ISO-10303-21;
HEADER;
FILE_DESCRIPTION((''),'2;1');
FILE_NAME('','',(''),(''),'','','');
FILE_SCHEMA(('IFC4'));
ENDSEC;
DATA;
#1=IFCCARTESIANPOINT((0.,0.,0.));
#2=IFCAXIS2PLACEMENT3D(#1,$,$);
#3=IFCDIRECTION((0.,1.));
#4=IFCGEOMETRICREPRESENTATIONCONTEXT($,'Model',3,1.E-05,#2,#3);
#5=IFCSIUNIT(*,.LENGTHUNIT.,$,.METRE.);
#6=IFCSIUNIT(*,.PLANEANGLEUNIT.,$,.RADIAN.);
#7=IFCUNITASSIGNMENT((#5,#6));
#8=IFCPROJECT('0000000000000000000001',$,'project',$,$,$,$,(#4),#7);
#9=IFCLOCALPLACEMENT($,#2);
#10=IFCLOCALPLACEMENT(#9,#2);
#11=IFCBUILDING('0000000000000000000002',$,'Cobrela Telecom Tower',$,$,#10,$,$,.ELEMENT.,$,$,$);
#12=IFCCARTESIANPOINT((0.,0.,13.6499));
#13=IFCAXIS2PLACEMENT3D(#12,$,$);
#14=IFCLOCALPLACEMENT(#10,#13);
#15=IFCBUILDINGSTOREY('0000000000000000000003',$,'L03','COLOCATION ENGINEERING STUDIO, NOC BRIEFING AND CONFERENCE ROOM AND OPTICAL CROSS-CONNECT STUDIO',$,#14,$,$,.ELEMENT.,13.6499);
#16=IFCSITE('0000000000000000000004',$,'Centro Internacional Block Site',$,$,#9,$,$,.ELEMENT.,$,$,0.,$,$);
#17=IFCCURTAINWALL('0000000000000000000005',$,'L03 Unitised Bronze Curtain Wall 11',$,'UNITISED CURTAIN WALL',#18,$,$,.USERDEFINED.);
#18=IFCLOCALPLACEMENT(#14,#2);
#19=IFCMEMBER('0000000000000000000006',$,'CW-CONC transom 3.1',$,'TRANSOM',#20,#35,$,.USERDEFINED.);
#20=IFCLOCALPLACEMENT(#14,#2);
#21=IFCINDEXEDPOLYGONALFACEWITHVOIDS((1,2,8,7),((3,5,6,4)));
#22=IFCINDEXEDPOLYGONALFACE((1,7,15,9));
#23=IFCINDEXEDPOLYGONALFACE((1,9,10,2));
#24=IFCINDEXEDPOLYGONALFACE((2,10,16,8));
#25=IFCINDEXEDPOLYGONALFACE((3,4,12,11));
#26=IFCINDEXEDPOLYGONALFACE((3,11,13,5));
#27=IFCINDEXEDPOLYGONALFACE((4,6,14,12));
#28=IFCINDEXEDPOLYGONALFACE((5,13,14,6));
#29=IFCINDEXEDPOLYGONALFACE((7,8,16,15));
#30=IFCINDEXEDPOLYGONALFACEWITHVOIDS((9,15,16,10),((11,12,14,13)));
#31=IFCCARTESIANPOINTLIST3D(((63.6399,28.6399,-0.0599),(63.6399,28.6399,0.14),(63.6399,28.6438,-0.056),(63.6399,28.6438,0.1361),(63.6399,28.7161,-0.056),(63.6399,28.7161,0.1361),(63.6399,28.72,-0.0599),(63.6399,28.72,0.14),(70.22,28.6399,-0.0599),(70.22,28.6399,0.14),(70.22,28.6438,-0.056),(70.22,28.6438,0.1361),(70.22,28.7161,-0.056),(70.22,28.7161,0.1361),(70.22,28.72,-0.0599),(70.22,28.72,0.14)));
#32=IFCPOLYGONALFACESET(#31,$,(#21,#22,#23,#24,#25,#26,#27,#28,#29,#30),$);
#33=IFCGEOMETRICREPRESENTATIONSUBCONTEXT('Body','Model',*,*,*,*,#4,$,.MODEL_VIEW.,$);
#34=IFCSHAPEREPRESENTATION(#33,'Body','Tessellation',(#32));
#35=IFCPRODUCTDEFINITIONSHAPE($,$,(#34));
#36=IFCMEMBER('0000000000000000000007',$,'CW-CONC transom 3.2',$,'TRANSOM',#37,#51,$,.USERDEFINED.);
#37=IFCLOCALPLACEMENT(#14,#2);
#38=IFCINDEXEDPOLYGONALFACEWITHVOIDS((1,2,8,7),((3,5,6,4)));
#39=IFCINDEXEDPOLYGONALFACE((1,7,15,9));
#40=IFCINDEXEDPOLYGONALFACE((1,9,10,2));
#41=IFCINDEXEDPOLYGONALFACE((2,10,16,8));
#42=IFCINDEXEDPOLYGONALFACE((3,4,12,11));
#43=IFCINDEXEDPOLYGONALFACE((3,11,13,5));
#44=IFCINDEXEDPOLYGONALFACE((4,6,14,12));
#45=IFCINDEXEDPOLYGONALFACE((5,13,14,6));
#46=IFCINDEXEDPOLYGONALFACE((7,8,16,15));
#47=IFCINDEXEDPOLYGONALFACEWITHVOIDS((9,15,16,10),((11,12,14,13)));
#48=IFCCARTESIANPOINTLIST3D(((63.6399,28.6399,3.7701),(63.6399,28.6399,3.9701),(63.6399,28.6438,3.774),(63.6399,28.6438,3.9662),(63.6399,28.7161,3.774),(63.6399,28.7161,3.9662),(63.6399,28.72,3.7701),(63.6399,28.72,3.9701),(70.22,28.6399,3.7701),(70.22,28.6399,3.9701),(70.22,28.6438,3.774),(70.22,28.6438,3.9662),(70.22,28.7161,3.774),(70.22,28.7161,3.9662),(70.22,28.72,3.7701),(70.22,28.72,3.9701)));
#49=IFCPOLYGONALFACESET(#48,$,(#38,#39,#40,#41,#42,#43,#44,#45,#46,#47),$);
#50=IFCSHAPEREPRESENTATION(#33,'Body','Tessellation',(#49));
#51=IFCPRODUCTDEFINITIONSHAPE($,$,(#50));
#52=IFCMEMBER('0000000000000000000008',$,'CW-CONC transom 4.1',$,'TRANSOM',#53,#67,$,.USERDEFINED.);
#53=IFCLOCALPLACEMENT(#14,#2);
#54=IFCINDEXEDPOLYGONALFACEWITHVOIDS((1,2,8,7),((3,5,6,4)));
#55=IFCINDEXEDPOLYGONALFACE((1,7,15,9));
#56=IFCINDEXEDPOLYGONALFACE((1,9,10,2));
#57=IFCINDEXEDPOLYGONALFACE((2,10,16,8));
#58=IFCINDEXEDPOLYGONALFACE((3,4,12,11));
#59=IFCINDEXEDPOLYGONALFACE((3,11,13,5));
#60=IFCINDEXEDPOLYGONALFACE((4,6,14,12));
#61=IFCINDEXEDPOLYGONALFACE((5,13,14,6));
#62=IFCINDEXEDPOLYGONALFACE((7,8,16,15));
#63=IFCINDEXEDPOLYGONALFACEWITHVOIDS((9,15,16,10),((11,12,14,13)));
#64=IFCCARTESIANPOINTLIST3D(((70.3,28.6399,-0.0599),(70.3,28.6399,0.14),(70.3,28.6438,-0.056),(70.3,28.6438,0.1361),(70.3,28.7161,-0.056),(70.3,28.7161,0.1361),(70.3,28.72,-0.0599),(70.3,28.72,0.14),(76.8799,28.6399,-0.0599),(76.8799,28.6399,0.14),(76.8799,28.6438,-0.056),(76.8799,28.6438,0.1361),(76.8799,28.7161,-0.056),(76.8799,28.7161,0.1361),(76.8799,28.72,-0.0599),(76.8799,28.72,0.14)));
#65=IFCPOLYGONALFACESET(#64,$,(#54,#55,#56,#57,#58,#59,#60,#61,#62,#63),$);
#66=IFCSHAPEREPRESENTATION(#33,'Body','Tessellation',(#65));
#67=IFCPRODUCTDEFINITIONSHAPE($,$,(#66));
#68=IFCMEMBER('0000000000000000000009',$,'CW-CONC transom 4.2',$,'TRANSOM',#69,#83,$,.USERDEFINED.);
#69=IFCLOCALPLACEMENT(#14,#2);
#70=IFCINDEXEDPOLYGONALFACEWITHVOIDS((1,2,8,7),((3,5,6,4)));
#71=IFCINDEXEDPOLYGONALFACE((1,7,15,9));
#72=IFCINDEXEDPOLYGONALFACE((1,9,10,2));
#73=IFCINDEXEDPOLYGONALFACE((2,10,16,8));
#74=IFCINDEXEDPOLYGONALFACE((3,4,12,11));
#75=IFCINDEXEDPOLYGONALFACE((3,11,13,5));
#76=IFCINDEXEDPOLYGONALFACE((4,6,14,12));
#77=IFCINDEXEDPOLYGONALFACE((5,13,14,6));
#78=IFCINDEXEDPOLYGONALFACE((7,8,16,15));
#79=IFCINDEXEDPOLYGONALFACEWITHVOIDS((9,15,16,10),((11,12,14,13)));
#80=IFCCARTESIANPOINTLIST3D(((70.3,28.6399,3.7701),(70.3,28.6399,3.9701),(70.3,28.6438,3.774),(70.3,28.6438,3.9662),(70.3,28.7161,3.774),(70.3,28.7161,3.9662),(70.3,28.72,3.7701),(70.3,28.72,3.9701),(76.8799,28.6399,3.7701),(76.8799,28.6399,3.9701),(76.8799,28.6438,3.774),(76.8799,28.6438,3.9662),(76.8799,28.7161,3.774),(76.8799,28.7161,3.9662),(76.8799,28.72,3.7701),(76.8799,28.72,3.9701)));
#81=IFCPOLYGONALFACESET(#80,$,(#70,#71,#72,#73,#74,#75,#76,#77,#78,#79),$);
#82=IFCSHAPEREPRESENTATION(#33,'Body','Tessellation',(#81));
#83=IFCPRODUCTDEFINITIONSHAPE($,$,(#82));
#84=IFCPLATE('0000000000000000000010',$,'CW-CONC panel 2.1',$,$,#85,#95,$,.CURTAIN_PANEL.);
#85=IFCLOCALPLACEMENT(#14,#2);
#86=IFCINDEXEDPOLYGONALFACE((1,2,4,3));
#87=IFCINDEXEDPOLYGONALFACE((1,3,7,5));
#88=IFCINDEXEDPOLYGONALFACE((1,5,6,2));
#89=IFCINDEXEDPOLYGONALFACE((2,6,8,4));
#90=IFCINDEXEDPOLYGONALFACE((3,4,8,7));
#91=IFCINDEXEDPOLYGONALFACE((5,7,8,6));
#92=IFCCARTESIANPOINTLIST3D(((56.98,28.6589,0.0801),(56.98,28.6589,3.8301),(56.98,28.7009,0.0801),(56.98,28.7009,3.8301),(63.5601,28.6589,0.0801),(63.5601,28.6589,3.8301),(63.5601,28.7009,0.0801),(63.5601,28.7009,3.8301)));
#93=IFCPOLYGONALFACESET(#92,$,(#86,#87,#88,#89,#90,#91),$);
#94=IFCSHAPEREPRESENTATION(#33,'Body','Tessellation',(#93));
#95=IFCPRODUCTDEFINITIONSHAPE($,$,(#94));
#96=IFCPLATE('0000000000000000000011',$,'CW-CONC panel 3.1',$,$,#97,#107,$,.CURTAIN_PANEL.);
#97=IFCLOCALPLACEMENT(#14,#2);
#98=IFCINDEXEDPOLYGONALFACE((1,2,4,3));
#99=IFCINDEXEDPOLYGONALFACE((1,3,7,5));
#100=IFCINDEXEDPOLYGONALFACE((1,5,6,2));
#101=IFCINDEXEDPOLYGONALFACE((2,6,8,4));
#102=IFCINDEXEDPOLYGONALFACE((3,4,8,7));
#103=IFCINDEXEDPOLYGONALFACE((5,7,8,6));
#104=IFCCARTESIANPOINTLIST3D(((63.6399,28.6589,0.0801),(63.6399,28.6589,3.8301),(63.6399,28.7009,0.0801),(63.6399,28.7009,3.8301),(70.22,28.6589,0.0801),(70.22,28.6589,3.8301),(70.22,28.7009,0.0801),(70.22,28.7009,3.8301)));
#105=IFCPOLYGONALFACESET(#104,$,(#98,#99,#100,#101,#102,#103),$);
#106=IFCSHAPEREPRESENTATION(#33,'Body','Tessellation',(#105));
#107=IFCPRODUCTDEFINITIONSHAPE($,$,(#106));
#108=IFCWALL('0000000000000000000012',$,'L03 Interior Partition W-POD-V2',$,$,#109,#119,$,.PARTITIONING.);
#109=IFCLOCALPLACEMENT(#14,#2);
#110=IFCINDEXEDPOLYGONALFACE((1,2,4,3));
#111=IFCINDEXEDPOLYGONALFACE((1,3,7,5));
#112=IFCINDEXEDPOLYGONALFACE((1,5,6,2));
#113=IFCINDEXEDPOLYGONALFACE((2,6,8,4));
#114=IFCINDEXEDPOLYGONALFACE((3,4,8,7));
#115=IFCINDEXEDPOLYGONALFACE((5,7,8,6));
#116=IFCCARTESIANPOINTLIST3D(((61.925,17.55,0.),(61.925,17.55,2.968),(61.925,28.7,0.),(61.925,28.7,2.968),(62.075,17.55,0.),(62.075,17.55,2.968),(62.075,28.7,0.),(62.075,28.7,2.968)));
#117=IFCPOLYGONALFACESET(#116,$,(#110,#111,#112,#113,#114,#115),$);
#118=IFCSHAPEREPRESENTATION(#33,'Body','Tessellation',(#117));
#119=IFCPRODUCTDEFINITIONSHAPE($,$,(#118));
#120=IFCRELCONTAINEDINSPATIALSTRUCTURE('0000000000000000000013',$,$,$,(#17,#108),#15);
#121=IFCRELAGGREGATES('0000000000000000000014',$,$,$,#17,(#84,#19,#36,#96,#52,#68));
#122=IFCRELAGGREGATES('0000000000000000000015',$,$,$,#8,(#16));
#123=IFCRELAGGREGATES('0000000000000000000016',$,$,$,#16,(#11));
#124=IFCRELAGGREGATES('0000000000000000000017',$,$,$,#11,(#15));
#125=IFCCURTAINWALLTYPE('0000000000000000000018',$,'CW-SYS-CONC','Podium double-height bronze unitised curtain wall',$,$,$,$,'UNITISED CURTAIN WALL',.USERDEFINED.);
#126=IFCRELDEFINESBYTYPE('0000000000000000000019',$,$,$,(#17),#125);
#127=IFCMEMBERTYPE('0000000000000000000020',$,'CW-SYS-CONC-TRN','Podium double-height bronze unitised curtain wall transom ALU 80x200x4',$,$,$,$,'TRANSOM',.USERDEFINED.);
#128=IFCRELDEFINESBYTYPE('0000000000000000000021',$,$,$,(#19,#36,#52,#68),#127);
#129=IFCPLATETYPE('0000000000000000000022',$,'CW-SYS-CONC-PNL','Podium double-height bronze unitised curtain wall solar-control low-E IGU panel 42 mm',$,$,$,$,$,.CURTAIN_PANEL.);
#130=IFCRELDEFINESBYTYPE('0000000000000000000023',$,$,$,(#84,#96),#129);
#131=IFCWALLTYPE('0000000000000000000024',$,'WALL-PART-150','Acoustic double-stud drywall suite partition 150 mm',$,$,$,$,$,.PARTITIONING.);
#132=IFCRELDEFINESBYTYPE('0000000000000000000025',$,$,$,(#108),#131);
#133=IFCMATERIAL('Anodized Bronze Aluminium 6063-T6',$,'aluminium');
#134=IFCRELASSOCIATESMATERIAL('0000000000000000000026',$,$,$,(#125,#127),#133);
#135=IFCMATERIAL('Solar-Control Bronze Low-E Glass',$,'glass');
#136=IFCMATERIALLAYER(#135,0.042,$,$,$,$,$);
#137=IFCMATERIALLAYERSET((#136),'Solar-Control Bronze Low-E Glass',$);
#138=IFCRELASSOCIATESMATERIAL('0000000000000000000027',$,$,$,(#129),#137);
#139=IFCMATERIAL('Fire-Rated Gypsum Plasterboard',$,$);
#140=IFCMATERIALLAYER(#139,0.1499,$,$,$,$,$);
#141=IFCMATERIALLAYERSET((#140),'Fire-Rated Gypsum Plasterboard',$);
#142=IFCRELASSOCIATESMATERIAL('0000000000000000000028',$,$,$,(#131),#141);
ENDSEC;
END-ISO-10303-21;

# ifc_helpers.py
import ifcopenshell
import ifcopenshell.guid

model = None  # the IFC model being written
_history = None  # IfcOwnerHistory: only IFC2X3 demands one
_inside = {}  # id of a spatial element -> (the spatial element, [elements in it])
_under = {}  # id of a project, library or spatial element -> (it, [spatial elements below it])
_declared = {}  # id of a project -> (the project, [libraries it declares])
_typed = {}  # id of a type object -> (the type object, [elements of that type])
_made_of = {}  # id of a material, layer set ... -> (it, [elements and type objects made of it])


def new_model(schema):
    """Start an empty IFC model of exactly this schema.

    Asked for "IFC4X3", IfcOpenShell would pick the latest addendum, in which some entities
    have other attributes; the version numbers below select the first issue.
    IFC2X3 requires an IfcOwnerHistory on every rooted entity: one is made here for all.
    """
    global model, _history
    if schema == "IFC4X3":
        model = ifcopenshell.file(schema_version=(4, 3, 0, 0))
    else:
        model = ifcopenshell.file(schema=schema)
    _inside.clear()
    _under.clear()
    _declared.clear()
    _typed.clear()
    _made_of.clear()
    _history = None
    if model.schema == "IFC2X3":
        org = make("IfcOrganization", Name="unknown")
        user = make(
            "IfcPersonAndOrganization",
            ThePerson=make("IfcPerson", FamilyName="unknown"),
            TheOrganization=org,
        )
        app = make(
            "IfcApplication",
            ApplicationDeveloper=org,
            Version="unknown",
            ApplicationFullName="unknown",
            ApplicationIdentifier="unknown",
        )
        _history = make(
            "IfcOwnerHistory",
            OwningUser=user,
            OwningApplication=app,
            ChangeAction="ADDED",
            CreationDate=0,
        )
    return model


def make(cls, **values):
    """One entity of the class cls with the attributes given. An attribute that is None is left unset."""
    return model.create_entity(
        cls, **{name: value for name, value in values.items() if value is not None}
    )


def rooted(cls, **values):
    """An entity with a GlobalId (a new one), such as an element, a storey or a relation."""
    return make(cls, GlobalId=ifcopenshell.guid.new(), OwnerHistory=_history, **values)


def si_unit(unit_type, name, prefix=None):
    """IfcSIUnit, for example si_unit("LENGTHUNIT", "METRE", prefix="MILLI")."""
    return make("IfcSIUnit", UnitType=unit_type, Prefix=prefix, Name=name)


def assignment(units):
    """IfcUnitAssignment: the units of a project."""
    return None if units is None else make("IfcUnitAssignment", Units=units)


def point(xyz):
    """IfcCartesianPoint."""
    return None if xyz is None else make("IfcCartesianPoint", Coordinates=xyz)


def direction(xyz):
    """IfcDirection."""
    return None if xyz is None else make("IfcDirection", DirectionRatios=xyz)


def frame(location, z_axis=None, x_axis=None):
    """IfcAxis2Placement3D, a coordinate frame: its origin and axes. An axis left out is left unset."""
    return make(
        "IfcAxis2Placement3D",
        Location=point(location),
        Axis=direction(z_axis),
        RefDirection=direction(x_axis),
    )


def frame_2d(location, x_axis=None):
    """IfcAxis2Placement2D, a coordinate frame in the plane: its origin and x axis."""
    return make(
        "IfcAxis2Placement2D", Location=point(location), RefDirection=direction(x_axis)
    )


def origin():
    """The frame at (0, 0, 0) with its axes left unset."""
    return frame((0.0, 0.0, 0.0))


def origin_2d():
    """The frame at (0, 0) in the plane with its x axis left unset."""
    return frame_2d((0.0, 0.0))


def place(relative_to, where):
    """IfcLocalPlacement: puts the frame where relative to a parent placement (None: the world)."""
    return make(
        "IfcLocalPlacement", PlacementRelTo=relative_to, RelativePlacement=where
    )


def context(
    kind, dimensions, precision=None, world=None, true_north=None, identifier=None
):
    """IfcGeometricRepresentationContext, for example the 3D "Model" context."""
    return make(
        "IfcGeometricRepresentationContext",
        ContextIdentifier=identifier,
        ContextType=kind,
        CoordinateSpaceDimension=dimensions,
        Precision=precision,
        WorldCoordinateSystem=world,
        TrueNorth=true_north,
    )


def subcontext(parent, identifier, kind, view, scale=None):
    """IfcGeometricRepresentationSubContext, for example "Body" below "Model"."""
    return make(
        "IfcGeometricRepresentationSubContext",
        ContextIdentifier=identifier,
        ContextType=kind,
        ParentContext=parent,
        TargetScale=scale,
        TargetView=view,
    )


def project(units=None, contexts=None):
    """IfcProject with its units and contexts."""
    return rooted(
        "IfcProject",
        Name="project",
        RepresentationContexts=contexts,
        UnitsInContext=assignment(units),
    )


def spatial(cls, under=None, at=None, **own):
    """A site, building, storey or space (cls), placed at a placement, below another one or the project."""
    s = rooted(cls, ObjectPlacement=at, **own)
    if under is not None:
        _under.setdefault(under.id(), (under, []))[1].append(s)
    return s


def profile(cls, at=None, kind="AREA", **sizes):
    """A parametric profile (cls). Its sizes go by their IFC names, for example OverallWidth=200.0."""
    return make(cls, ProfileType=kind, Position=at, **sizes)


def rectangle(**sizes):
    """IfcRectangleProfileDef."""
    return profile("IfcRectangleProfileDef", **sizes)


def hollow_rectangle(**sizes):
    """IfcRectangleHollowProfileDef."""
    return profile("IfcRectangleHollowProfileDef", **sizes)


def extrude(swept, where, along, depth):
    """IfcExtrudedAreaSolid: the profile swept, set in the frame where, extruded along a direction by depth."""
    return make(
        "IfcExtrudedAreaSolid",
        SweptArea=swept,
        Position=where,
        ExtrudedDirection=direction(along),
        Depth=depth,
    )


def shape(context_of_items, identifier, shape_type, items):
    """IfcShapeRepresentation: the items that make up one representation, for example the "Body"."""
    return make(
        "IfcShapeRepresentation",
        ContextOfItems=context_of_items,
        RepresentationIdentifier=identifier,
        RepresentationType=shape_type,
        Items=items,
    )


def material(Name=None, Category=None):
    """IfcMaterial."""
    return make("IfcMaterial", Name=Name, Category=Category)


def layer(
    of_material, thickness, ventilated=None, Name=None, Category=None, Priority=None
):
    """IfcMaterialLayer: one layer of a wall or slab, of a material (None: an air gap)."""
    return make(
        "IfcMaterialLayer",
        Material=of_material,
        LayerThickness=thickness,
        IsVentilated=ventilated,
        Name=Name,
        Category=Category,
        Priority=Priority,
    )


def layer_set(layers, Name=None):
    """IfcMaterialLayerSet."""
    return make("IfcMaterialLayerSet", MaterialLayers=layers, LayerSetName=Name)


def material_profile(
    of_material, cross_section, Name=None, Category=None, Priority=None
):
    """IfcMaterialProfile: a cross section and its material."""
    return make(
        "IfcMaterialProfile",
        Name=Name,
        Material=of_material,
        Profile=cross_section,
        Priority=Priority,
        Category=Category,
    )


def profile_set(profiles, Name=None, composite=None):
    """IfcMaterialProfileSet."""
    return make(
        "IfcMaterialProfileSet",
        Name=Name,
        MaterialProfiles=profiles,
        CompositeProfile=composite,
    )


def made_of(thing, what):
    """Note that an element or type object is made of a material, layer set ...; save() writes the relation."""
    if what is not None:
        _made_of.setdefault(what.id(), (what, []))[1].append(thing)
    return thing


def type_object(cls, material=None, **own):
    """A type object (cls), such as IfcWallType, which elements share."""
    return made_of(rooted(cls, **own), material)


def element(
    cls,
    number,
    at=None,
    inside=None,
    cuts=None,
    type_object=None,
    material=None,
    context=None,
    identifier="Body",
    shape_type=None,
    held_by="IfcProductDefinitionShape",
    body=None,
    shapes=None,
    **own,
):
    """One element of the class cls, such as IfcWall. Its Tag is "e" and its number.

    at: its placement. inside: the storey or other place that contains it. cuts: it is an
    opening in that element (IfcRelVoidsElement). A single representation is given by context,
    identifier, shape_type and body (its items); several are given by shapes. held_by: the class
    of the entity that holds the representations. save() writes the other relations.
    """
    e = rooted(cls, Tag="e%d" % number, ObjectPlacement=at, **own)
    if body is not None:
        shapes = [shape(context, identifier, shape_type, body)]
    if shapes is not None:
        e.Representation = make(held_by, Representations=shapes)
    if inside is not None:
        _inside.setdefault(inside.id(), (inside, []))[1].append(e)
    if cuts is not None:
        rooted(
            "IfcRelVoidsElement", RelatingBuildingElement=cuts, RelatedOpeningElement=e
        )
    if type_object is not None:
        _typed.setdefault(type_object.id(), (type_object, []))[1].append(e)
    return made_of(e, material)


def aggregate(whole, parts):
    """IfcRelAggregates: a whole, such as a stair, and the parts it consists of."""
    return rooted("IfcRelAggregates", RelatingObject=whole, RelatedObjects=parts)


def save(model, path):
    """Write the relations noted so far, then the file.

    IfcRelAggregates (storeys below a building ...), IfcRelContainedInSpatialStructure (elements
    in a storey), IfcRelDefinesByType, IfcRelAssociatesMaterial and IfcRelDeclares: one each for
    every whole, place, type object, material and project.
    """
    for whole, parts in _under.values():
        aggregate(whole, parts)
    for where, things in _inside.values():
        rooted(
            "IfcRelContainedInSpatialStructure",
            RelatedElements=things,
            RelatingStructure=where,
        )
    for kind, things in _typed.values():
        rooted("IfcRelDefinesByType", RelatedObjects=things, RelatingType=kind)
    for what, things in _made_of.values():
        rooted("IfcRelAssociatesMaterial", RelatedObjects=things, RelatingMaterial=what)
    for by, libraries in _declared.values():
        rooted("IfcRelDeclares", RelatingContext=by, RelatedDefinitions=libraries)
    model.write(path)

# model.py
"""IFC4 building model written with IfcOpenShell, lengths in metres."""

from ifc_helpers import new_model, si_unit, direction, frame, frame_2d, origin, origin_2d, place, context, subcontext, project, spatial, rectangle, hollow_rectangle, extrude, material, layer, layer_set, material_profile, profile_set, type_object, element, aggregate, save


model = new_model("IFC4")

# Units and contexts
model_context = context("Model", 3, precision=1e-05, world=origin(), true_north=direction((0.0, 1.0)))
body_context = subcontext(model_context, "Body", "Model", "MODEL_VIEW")
ifc_project = project(units=[si_unit("LENGTHUNIT", "METRE"), si_unit("PLANEANGLEUNIT", "RADIAN")], contexts=[model_context])

# Site, building, storey
site_placement = place(None, origin())
site = spatial("IfcSite", under=ifc_project, at=site_placement, Name="Centro Internacional Block Site", CompositionType="ELEMENT", RefElevation=0.0)
building_placement = place(site_placement, origin())
building = spatial("IfcBuilding", under=site, at=building_placement, Name="Cobrela Telecom Tower", CompositionType="ELEMENT")
storey_placement = place(building_placement, frame((0.0, 0.0, 13.6499)))
storey = spatial("IfcBuildingStorey", under=building, at=storey_placement, Name="L03", Description="COLOCATION ENGINEERING STUDIO, NOC BRIEFING AND CONFERENCE ROOM AND OPTICAL CROSS-CONNECT STUDIO", CompositionType="ELEMENT", Elevation=13.6499)

# Curtain wall, members, plates
ifc_material_1 = material(Name="Anodized Bronze Aluminium 6063-T6", Category="aluminium")
curtain_wall_type = type_object("IfcCurtainWallType", Name="CW-SYS-CONC", Description="Podium double-height bronze unitised curtain wall", ElementType="UNITISED CURTAIN WALL", PredefinedType="USERDEFINED", material=ifc_material_1)
curtain_wall_placement = place(storey_placement, origin())
curtain_wall = element("IfcCurtainWall", 1, at=curtain_wall_placement, inside=storey, type_object=curtain_wall_type, Name="L03 Unitised Bronze Curtain Wall 11", ObjectType="UNITISED CURTAIN WALL", PredefinedType="USERDEFINED")
ifc_material_profile_1 = material_profile(ifc_material_1, hollow_rectangle(XDim=0.0801, YDim=0.2, WallThickness=0.0039, at=origin_2d()), Name="ALU 80x200x4")
ifc_profile_set_1 = profile_set([ifc_material_profile_1], Name="Anodized Bronze Aluminium 6063-T6")
member_type_1 = type_object("IfcMemberType", Name="CW-SYS-CONC-TRN", Description="Podium double-height bronze unitised curtain wall transom ALU 80x200x4", ElementType="TRANSOM", PredefinedType="USERDEFINED", material=ifc_profile_set_1)
member_1_placement = place(storey_placement, frame((63.6399, 28.6799, 0.04), z_axis=(1.0, 0.0, 0.0), x_axis=(0.0, 1.0, 0.0)))
member_1 = element("IfcMember", 2, at=member_1_placement, type_object=member_type_1, Name="CW-CONC transom 3.1", ObjectType="TRANSOM", PredefinedType="USERDEFINED", context=body_context, shape_type="SweptSolid", body=[
    extrude(hollow_rectangle(XDim=0.0801, YDim=0.2, WallThickness=0.0039, at=origin_2d()), origin(), (0.0, 0.0, 1.0), 6.5801),
])
member_2_placement = place(storey_placement, frame((63.6399, 28.6799, 3.8701), z_axis=(1.0, 0.0, 0.0), x_axis=(0.0, 1.0, 0.0)))
member_2 = element("IfcMember", 3, at=member_2_placement, type_object=member_type_1, Name="CW-CONC transom 3.2", ObjectType="TRANSOM", PredefinedType="USERDEFINED", context=body_context, shape_type="SweptSolid", body=[
    extrude(hollow_rectangle(XDim=0.0801, YDim=0.2, WallThickness=0.0039, at=origin_2d()), origin(), (0.0, 0.0, 1.0), 6.5801),
])
member_3_placement = place(storey_placement, frame((70.3, 28.6799, 0.04), z_axis=(1.0, 0.0, 0.0), x_axis=(0.0, 1.0, 0.0)))
member_3 = element("IfcMember", 4, at=member_3_placement, type_object=member_type_1, Name="CW-CONC transom 4.1", ObjectType="TRANSOM", PredefinedType="USERDEFINED", context=body_context, shape_type="SweptSolid", body=[
    extrude(hollow_rectangle(XDim=0.0801, YDim=0.2, WallThickness=0.0039, at=origin_2d()), origin(), (0.0, 0.0, 1.0), 6.5798),
])
member_4_placement = place(storey_placement, frame((70.3, 28.6799, 3.8701), z_axis=(1.0, 0.0, 0.0), x_axis=(0.0, 1.0, 0.0)))
member_4 = element("IfcMember", 5, at=member_4_placement, type_object=member_type_1, Name="CW-CONC transom 4.2", ObjectType="TRANSOM", PredefinedType="USERDEFINED", context=body_context, shape_type="SweptSolid", body=[
    extrude(hollow_rectangle(XDim=0.0801, YDim=0.2, WallThickness=0.0039, at=origin_2d()), origin(), (0.0, 0.0, 1.0), 6.5798),
])
ifc_material_2 = material(Name="Solar-Control Bronze Low-E Glass", Category="glass")
ifc_layer_1 = layer(ifc_material_2, 0.042)
ifc_layer_set_1 = layer_set([ifc_layer_1], Name="Solar-Control Bronze Low-E Glass")
plate_type = type_object("IfcPlateType", Name="CW-SYS-CONC-PNL", Description="Podium double-height bronze unitised curtain wall solar-control low-E IGU panel 42 mm", PredefinedType="CURTAIN_PANEL", material=ifc_layer_set_1)
plate_1_placement = place(storey_placement, frame((60.27, 28.6799, 0.0801), z_axis=(0.0, 0.0, 1.0), x_axis=(1.0, 0.0, 0.0)))
plate_1 = element("IfcPlate", 6, at=plate_1_placement, type_object=plate_type, Name="CW-CONC panel 2.1", PredefinedType="CURTAIN_PANEL", context=body_context, shape_type="SweptSolid", body=[
    extrude(rectangle(XDim=6.5801, YDim=0.042, at=origin_2d()), origin(), (0.0, 0.0, 1.0), 3.75),
])
plate_2_placement = place(storey_placement, frame((66.9299, 28.6799, 0.0801), z_axis=(0.0, 0.0, 1.0), x_axis=(1.0, 0.0, 0.0)))
plate_2 = element("IfcPlate", 7, at=plate_2_placement, type_object=plate_type, Name="CW-CONC panel 3.1", PredefinedType="CURTAIN_PANEL", context=body_context, shape_type="SweptSolid", body=[
    extrude(rectangle(XDim=6.5801, YDim=0.042, at=origin_2d()), origin(), (0.0, 0.0, 1.0), 3.75),
])
aggregate(curtain_wall, [plate_1, member_1, member_2, plate_2, member_3, member_4])

# Wall
ifc_material_3 = material(Name="Fire-Rated Gypsum Plasterboard")
ifc_layer_2 = layer(ifc_material_3, 0.1499)
ifc_layer_set_2 = layer_set([ifc_layer_2], Name="Fire-Rated Gypsum Plasterboard")
wall_type = type_object("IfcWallType", Name="WALL-PART-150", Description="Acoustic double-stud drywall suite partition 150 mm", PredefinedType="PARTITIONING", material=ifc_layer_set_2)
wall_placement = place(storey_placement, frame((62.0, 17.55, 0.0), z_axis=(0.0, 0.0, 1.0), x_axis=(0.0, 1.0, 0.0)))
element("IfcWall", 8, at=wall_placement, inside=storey, type_object=wall_type, Name="L03 Interior Partition W-POD-V2", PredefinedType="PARTITIONING", context=body_context, shape_type="SweptSolid", body=[
    extrude(rectangle(XDim=11.1499, YDim=0.1499, at=frame_2d((5.575, 0.0))), origin(), (0.0, 0.0, 1.0), 2.968),
])

save(model, "model.ifc")
